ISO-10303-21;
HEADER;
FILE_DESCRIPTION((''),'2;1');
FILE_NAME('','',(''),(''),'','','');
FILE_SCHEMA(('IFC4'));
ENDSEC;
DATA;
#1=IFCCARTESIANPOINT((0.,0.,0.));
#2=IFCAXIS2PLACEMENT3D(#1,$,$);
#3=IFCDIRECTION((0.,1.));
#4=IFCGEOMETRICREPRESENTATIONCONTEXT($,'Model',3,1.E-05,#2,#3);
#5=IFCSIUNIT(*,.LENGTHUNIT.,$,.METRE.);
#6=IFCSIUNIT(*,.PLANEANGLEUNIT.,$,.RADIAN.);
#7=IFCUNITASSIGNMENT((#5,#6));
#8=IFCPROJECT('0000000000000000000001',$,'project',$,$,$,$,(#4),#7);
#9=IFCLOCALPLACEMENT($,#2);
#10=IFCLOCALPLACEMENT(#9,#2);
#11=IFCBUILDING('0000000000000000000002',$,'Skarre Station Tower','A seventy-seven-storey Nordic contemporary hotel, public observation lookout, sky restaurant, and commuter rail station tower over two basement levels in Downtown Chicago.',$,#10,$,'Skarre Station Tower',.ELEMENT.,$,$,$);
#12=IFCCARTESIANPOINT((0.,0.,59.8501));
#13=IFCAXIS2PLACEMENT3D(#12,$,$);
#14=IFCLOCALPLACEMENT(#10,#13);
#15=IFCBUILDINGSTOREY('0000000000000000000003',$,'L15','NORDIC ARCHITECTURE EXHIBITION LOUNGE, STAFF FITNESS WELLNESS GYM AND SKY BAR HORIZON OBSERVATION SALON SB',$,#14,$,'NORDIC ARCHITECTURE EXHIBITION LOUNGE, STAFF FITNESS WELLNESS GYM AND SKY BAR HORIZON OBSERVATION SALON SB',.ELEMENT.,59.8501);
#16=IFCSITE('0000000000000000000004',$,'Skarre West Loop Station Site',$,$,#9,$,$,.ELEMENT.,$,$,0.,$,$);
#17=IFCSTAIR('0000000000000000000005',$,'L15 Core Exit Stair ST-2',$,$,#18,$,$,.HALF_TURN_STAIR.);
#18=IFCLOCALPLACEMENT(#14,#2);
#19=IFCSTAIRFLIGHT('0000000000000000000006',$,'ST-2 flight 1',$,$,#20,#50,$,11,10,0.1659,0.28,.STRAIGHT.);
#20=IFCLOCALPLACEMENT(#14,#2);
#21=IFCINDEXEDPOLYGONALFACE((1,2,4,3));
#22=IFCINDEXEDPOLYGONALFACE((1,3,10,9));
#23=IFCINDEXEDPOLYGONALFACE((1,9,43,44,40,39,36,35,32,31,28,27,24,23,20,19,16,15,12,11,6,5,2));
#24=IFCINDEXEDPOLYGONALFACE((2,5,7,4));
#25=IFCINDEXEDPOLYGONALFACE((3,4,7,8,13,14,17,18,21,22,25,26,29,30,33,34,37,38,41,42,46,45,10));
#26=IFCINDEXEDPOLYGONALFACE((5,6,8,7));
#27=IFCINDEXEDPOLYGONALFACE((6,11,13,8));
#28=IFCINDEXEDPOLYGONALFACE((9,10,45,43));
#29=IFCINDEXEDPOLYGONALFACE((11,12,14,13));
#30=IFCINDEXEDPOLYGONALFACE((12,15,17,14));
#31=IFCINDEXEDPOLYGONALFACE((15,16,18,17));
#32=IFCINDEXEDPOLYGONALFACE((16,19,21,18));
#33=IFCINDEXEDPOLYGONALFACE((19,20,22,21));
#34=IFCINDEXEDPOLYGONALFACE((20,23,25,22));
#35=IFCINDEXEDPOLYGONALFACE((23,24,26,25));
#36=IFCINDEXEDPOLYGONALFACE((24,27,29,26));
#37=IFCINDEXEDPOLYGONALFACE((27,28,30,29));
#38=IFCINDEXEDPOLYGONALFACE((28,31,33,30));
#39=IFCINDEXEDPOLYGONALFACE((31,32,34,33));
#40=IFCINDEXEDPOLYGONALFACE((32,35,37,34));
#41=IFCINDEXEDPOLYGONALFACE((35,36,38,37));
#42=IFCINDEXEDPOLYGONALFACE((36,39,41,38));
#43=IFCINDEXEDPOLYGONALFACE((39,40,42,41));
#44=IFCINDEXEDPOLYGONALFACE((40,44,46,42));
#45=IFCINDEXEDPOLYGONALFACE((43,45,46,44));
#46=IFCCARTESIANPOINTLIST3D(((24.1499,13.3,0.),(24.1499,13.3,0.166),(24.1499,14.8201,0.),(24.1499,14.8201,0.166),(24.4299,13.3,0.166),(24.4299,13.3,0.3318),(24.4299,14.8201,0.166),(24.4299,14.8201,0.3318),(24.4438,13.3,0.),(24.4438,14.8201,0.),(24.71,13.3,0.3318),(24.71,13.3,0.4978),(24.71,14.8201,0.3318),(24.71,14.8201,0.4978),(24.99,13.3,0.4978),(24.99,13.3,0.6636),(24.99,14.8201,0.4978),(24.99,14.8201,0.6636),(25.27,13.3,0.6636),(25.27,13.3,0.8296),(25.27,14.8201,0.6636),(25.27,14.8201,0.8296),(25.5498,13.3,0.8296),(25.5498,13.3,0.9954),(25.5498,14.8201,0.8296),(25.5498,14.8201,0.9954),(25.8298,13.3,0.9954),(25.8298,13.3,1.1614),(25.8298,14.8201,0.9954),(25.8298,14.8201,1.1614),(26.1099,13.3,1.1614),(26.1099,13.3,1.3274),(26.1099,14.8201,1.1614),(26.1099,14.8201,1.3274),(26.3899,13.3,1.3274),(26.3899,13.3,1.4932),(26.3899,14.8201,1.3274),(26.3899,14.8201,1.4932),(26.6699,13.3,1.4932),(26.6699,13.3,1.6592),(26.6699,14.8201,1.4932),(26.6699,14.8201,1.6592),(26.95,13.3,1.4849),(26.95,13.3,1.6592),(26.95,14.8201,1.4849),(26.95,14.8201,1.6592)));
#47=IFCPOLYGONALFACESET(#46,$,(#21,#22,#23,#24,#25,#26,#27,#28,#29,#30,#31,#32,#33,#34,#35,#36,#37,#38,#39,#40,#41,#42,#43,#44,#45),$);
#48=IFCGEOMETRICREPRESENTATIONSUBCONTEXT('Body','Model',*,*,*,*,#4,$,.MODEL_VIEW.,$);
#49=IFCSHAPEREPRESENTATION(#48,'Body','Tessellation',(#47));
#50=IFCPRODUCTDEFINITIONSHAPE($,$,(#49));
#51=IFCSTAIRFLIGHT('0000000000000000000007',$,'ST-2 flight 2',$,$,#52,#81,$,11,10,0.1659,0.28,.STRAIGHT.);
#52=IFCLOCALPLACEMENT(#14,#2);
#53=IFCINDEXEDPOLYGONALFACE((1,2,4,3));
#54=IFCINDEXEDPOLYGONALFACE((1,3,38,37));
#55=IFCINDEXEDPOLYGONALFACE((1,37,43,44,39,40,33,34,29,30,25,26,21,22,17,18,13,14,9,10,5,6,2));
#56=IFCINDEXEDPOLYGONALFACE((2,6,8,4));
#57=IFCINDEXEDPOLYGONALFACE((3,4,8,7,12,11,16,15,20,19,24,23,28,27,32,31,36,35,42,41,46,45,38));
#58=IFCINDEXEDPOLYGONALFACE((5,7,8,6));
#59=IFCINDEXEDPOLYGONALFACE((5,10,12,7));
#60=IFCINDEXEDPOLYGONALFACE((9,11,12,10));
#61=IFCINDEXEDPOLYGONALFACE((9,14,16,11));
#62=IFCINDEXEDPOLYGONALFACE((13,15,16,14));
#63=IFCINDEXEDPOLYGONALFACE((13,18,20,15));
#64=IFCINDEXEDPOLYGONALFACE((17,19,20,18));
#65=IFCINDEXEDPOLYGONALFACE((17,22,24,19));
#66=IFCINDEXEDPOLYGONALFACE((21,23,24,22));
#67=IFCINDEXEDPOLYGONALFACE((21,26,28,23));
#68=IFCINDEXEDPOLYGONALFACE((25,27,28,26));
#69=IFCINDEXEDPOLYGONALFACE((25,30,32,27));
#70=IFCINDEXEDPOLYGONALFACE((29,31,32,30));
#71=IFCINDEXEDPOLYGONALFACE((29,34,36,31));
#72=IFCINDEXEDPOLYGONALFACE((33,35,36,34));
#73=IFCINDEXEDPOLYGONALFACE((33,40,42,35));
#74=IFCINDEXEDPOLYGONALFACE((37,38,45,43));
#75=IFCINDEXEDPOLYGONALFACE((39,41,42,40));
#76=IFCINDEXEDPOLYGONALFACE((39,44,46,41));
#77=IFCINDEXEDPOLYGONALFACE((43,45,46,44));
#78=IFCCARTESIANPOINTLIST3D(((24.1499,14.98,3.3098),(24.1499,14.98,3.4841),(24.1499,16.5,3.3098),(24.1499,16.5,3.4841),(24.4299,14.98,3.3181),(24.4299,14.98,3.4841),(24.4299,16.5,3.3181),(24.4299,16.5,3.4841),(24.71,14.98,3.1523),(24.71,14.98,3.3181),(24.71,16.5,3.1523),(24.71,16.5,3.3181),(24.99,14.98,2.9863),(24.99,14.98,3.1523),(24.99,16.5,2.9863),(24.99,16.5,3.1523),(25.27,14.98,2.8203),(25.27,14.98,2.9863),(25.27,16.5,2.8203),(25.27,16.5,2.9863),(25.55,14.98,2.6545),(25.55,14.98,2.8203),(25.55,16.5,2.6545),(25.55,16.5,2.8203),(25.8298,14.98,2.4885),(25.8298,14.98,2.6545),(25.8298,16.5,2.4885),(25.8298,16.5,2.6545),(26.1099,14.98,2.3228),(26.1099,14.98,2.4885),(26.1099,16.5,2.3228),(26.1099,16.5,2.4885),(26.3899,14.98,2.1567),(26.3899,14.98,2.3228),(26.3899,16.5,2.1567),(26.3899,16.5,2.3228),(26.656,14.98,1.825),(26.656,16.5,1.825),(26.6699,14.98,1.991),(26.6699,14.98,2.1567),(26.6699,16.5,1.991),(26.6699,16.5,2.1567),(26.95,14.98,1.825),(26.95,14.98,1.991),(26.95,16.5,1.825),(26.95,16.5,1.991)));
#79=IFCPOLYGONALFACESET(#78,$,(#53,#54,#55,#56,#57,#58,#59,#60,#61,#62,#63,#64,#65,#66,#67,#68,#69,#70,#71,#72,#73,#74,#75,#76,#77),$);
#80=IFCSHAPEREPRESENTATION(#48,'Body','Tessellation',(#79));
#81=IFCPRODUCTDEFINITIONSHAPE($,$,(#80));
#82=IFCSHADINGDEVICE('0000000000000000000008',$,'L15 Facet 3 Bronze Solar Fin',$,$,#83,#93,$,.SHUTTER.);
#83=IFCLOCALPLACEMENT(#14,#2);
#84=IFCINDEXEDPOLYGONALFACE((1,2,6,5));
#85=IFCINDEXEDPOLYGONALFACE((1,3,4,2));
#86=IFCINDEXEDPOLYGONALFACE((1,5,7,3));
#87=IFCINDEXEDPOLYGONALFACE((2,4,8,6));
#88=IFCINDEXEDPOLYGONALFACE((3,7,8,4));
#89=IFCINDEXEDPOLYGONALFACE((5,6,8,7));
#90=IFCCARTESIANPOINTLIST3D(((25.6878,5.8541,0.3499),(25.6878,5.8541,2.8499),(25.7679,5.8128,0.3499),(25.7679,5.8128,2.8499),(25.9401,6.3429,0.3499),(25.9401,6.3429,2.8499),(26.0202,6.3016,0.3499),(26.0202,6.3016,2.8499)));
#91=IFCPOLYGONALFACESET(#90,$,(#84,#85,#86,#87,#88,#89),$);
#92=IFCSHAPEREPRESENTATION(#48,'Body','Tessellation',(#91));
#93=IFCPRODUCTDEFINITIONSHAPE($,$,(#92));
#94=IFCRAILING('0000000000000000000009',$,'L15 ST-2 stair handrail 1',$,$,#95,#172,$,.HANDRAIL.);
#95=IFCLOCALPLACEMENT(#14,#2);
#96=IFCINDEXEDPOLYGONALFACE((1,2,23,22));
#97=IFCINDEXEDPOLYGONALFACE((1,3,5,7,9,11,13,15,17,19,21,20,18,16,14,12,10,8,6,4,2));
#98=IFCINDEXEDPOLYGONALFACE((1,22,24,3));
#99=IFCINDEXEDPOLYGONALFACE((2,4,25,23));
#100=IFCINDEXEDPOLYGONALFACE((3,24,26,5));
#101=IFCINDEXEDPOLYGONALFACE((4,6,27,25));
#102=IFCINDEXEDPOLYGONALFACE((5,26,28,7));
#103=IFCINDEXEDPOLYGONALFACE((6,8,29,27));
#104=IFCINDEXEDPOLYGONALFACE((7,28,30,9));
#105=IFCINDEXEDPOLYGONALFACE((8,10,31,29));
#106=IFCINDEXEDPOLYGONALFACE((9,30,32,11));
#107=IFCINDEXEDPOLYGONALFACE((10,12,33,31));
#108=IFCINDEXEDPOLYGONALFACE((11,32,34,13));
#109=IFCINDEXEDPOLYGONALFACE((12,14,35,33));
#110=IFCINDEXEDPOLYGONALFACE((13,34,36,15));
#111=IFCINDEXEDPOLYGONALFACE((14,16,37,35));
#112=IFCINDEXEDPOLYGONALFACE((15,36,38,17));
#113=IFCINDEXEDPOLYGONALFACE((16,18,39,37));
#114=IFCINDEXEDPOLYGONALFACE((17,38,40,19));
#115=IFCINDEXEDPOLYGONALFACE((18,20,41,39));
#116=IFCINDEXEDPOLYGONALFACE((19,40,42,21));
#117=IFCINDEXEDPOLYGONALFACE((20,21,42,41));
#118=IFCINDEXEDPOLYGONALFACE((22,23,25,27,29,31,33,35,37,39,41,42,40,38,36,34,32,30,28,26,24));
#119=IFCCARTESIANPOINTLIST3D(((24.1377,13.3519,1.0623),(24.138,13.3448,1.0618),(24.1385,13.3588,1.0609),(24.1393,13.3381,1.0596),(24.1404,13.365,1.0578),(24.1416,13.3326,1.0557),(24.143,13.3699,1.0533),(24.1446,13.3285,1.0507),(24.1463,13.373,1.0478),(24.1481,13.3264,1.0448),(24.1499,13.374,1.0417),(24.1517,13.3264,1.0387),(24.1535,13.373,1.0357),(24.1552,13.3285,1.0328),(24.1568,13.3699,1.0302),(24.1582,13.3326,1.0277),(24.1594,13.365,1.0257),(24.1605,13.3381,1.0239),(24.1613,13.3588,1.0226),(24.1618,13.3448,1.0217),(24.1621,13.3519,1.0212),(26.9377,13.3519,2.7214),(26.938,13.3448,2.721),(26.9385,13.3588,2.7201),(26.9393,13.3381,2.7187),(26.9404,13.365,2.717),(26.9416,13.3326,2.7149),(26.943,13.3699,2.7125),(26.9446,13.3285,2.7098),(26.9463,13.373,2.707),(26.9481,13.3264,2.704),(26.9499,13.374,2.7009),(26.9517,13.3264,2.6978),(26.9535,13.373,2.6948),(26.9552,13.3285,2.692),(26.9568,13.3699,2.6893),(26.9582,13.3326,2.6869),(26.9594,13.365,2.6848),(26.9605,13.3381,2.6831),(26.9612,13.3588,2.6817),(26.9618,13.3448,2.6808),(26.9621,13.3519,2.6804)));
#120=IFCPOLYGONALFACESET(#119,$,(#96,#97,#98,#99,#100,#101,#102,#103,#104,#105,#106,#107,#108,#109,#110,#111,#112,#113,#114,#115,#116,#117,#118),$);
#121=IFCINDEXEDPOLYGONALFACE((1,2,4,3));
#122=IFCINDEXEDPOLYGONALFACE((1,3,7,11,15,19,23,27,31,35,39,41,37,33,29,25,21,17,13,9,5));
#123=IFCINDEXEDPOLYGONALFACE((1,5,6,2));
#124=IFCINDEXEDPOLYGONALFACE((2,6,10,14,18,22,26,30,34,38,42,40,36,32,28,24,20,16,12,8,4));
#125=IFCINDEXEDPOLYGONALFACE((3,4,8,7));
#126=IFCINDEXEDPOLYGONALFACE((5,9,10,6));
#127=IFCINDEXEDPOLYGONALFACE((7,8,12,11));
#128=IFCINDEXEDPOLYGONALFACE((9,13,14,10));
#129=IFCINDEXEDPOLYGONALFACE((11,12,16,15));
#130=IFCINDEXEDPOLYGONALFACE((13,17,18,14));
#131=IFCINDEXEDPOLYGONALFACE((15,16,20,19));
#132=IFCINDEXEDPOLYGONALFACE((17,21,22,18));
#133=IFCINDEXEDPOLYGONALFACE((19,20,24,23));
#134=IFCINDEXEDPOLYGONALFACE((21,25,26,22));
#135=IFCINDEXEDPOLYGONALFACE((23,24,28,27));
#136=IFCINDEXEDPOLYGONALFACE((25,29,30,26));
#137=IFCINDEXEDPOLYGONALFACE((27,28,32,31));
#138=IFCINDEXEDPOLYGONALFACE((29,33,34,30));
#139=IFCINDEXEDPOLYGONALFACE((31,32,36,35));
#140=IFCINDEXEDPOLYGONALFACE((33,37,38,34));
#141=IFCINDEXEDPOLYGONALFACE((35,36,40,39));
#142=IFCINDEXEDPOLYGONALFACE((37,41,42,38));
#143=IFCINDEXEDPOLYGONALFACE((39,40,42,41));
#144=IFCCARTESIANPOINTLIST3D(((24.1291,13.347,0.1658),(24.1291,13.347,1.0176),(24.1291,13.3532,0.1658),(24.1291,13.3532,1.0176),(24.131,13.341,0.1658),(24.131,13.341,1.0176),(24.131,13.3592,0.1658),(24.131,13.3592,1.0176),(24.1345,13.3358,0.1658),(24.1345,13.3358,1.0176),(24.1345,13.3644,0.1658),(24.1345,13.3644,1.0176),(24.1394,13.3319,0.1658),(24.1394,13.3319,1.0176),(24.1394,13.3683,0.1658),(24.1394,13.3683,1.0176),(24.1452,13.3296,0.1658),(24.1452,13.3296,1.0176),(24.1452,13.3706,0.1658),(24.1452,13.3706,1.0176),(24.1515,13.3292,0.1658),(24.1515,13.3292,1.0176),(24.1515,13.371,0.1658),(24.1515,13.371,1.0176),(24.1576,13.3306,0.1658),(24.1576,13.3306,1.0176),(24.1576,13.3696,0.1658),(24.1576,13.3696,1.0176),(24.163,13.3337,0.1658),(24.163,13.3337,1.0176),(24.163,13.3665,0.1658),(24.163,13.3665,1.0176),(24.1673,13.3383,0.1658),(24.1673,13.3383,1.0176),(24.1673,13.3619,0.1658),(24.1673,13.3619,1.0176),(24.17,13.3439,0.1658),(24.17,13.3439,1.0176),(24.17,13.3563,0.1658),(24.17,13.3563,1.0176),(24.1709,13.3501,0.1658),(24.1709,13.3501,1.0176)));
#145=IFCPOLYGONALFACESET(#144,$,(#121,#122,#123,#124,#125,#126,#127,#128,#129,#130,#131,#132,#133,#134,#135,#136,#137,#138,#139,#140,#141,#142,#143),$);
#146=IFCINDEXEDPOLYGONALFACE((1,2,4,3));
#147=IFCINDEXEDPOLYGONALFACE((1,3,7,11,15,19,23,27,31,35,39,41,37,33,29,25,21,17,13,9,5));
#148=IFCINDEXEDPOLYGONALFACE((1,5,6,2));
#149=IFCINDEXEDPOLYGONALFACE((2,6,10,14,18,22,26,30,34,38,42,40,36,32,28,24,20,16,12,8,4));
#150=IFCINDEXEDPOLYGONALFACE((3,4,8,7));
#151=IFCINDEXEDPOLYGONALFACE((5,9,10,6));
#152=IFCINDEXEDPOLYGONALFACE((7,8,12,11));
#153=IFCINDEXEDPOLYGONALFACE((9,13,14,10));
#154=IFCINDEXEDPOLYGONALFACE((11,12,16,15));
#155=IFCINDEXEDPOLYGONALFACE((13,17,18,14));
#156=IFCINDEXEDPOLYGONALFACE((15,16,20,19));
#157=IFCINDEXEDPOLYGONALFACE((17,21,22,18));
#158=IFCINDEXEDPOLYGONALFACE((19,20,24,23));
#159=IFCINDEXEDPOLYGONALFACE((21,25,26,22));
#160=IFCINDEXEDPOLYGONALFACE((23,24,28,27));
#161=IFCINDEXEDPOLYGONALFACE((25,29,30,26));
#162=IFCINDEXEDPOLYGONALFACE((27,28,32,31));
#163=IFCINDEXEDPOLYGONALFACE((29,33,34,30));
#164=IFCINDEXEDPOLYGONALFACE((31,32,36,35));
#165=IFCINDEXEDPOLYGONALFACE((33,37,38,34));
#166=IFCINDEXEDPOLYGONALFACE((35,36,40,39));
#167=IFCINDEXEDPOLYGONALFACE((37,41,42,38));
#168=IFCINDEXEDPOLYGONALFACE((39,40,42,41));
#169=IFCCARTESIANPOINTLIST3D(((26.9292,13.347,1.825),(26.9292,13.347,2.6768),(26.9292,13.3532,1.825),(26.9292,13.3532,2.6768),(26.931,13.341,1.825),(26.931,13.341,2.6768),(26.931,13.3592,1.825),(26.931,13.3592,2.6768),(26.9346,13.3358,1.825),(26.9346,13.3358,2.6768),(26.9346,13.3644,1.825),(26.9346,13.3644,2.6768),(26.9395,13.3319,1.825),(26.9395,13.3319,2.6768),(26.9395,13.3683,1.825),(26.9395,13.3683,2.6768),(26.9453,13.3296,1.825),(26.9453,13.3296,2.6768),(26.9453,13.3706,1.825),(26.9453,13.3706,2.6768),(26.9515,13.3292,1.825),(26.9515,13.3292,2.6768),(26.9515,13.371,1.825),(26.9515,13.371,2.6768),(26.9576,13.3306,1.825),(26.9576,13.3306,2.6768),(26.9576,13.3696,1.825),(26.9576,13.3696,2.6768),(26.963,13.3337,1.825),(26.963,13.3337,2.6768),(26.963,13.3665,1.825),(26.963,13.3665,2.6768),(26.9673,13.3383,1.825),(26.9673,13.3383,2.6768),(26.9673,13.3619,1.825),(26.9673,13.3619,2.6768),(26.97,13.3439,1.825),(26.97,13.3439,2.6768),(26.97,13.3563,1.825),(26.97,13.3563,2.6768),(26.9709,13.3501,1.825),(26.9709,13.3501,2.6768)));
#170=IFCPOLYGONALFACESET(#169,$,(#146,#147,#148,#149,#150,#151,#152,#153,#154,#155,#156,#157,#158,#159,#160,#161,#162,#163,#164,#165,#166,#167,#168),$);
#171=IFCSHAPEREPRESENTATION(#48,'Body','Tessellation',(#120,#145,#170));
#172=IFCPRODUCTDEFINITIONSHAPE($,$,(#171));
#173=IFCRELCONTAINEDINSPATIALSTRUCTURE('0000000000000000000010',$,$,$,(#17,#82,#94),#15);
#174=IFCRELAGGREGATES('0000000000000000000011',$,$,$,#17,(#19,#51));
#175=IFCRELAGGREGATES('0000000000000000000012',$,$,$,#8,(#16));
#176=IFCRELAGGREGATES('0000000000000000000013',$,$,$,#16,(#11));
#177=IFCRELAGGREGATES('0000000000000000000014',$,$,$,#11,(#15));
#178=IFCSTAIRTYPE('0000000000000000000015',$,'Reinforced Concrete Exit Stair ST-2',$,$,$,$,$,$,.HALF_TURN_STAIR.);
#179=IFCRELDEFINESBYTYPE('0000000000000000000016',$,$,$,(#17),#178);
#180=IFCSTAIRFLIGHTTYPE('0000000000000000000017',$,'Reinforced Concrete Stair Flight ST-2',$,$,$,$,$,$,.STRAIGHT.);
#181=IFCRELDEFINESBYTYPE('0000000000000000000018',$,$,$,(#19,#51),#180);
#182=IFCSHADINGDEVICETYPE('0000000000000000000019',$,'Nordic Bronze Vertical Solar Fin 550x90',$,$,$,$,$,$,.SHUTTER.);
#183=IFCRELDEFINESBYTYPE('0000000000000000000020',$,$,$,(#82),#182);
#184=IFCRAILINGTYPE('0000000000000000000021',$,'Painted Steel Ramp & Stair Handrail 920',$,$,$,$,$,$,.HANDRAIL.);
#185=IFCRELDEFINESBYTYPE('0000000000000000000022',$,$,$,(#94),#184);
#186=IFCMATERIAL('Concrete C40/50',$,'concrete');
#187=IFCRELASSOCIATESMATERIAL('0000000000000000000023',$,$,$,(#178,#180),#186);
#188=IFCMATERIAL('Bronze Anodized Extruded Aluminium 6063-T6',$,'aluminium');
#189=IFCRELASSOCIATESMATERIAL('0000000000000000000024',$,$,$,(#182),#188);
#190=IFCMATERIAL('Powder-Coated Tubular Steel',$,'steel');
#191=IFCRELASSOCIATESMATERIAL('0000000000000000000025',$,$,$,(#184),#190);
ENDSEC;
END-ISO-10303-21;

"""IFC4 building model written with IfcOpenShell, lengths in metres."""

from ifc_helpers import new_model, si_unit, direction, frame, origin, origin_2d, place, context, subcontext, project, spatial, polyline, rectangle, circle, outline, extrude, material, type_object, element, aggregate, save


model = new_model("IFC4")

# Units and contexts
model_context = context("Model", 3, precision=1e-05, world=origin(), true_north=direction((0.0, 1.0)))
body_context = subcontext(model_context, "Body", "Model", "MODEL_VIEW")
ifc_project = project(units=[si_unit("LENGTHUNIT", "METRE"), si_unit("PLANEANGLEUNIT", "RADIAN")], contexts=[model_context])

# Site, building, storey
site_placement = place(None, origin())
site = spatial("IfcSite", under=ifc_project, at=site_placement, Name="Skarre West Loop Station Site", CompositionType="ELEMENT", RefElevation=0.0)
building_placement = place(site_placement, origin())
building = spatial("IfcBuilding", under=site, at=building_placement, Name="Skarre Station Tower", Description="A seventy-seven-storey Nordic contemporary hotel, public observation lookout, sky restaurant, and commuter rail station tower over two basement levels in Downtown Chicago.", LongName="Skarre Station Tower", CompositionType="ELEMENT")
storey_placement = place(building_placement, frame((0.0, 0.0, 59.8501)))
storey = spatial("IfcBuildingStorey", under=building, at=storey_placement, Name="L15", Description="NORDIC ARCHITECTURE EXHIBITION LOUNGE, STAFF FITNESS WELLNESS GYM AND SKY BAR HORIZON OBSERVATION SALON SB", LongName="NORDIC ARCHITECTURE EXHIBITION LOUNGE, STAFF FITNESS WELLNESS GYM AND SKY BAR HORIZON OBSERVATION SALON SB", CompositionType="ELEMENT", Elevation=59.8501)

# Stair, stair flights
ifc_material_1 = material(Name="Concrete C40/50", Category="concrete")
stair_type = type_object("IfcStairType", Name="Reinforced Concrete Exit Stair ST-2", PredefinedType="HALF_TURN_STAIR", material=ifc_material_1)
stair_placement = place(storey_placement, origin())
stair = element("IfcStair", 1, at=stair_placement, inside=storey, type_object=stair_type, Name="L15 Core Exit Stair ST-2", PredefinedType="HALF_TURN_STAIR")
stair_flight_type = type_object("IfcStairFlightType", Name="Reinforced Concrete Stair Flight ST-2", PredefinedType="STRAIGHT", material=ifc_material_1)
stair_flight_1_placement = place(storey_placement, frame((24.1499, 14.0601, 0.0), z_axis=(0.0, 0.0, 1.0), x_axis=(1.0, 0.0, 0.0)))
stair_flight_1 = element("IfcStairFlight", 2, at=stair_flight_1_placement, type_object=stair_flight_type, Name="ST-2 flight 1", NumberOfRisers=11, NumberOfTreads=10, PredefinedType="STRAIGHT", RiserHeight=0.1659, TreadLength=0.28, context=body_context, shape_type="SweptSolid", body=[
    extrude(outline(polyline([(0.0, 0.0), (0.0, 0.166), (0.28, 0.166), (0.28, 0.3318), (0.5601, 0.3318), (0.5601, 0.4978), (0.8401, 0.4978), (0.8401, 0.6636), (1.1201, 0.6636), (1.1201, 0.8296), (1.3999, 0.8296), (1.3999, 0.9954), (1.6799, 0.9954), (1.6799, 1.1614), (1.96, 1.1614), (1.96, 1.3274), (2.24, 1.3274), (2.24, 1.4932), (2.52, 1.4932), (2.52, 1.6592), (2.8, 1.6592), (2.8, 1.825), (2.8, 1.4849), (0.2939, 0.0), (0.0, 0.0)])), frame((0.0, 0.76, 0.0), z_axis=(0.0, -1.0, 0.0), x_axis=(1.0, 0.0, 0.0)), (0.0, 0.0, 1.0), 1.52),
])
stair_flight_2_placement = place(storey_placement, frame((26.95, 15.74, 1.825), z_axis=(0.0, 0.0, 1.0), x_axis=(-1.0, 0.0, 0.0)))
stair_flight_2 = element("IfcStairFlight", 3, at=stair_flight_2_placement, type_object=stair_flight_type, Name="ST-2 flight 2", NumberOfRisers=11, NumberOfTreads=10, PredefinedType="STRAIGHT", RiserHeight=0.1659, TreadLength=0.28, context=body_context, shape_type="SweptSolid", body=[
    extrude(outline(polyline([(0.0, 0.0), (0.0, 0.166), (0.28, 0.166), (0.28, 0.3318), (0.5601, 0.3318), (0.5601, 0.4978), (0.8401, 0.4978), (0.8401, 0.6636), (1.1201, 0.6636), (1.1201, 0.8296), (1.3999, 0.8296), (1.3999, 0.9954), (1.6799, 0.9954), (1.6799, 1.1614), (1.96, 1.1614), (1.96, 1.3274), (2.24, 1.3274), (2.24, 1.4932), (2.52, 1.4932), (2.52, 1.6592), (2.8, 1.6592), (2.8, 1.825), (2.8, 1.4849), (0.2939, 0.0), (0.0, 0.0)])), frame((0.0, 0.76, 0.0), z_axis=(0.0, -1.0, 0.0), x_axis=(1.0, 0.0, 0.0)), (0.0, 0.0, 1.0), 1.52),
])
aggregate(stair, [stair_flight_1, stair_flight_2])

# Shading device
ifc_material_2 = material(Name="Bronze Anodized Extruded Aluminium 6063-T6", Category="aluminium")
shading_device_type = type_object("IfcShadingDeviceType", Name="Nordic Bronze Vertical Solar Fin 550x90", PredefinedType="SHUTTER", material=ifc_material_2)
shading_device_placement = place(storey_placement, frame((25.854, 6.0779, 0.3499), z_axis=(0.0, 0.0, 1.0), x_axis=(-0.458619, -0.888633, 0.0)))
element("IfcShadingDevice", 4, at=shading_device_placement, inside=storey, type_object=shading_device_type, Name="L15 Facet 3 Bronze Solar Fin", PredefinedType="SHUTTER", context=body_context, shape_type="SweptSolid", body=[
    extrude(rectangle(XDim=0.55, YDim=0.0901, at=origin_2d()), origin(), (0.0, 0.0, 1.0), 2.5),
])

# Railing
ifc_material_3 = material(Name="Powder-Coated Tubular Steel", Category="steel")
railing_type_1 = type_object("IfcRailingType", Name="Painted Steel Ramp & Stair Handrail 920", PredefinedType="HANDRAIL", material=ifc_material_3)
railing_1_placement = place(storey_placement, frame((24.1499, 13.3501, 0.1658)))
element("IfcRailing", 5, at=railing_1_placement, inside=storey, type_object=railing_type_1, Name="L15 ST-2 stair handrail 1", PredefinedType="HANDRAIL", context=body_context, shape_type="SweptSolid", body=[
    extrude(circle(Radius=0.0239, at=origin_2d()), frame((0.0, 0.0, 0.876), z_axis=(0.860306, 0.0, 0.509778), x_axis=(0.0, 1.0, 0.0)), (0.0, 0.0, 1.0), 3.2546),
    extrude(circle(Radius=0.021, at=origin_2d()), origin(), (0.0, 0.0, 1.0), 0.8518),
    extrude(circle(Radius=0.021, at=origin_2d()), frame((2.8, 0.0, 1.6592)), (0.0, 0.0, 1.0), 0.8518),
])

save(model, "model.ifc")
